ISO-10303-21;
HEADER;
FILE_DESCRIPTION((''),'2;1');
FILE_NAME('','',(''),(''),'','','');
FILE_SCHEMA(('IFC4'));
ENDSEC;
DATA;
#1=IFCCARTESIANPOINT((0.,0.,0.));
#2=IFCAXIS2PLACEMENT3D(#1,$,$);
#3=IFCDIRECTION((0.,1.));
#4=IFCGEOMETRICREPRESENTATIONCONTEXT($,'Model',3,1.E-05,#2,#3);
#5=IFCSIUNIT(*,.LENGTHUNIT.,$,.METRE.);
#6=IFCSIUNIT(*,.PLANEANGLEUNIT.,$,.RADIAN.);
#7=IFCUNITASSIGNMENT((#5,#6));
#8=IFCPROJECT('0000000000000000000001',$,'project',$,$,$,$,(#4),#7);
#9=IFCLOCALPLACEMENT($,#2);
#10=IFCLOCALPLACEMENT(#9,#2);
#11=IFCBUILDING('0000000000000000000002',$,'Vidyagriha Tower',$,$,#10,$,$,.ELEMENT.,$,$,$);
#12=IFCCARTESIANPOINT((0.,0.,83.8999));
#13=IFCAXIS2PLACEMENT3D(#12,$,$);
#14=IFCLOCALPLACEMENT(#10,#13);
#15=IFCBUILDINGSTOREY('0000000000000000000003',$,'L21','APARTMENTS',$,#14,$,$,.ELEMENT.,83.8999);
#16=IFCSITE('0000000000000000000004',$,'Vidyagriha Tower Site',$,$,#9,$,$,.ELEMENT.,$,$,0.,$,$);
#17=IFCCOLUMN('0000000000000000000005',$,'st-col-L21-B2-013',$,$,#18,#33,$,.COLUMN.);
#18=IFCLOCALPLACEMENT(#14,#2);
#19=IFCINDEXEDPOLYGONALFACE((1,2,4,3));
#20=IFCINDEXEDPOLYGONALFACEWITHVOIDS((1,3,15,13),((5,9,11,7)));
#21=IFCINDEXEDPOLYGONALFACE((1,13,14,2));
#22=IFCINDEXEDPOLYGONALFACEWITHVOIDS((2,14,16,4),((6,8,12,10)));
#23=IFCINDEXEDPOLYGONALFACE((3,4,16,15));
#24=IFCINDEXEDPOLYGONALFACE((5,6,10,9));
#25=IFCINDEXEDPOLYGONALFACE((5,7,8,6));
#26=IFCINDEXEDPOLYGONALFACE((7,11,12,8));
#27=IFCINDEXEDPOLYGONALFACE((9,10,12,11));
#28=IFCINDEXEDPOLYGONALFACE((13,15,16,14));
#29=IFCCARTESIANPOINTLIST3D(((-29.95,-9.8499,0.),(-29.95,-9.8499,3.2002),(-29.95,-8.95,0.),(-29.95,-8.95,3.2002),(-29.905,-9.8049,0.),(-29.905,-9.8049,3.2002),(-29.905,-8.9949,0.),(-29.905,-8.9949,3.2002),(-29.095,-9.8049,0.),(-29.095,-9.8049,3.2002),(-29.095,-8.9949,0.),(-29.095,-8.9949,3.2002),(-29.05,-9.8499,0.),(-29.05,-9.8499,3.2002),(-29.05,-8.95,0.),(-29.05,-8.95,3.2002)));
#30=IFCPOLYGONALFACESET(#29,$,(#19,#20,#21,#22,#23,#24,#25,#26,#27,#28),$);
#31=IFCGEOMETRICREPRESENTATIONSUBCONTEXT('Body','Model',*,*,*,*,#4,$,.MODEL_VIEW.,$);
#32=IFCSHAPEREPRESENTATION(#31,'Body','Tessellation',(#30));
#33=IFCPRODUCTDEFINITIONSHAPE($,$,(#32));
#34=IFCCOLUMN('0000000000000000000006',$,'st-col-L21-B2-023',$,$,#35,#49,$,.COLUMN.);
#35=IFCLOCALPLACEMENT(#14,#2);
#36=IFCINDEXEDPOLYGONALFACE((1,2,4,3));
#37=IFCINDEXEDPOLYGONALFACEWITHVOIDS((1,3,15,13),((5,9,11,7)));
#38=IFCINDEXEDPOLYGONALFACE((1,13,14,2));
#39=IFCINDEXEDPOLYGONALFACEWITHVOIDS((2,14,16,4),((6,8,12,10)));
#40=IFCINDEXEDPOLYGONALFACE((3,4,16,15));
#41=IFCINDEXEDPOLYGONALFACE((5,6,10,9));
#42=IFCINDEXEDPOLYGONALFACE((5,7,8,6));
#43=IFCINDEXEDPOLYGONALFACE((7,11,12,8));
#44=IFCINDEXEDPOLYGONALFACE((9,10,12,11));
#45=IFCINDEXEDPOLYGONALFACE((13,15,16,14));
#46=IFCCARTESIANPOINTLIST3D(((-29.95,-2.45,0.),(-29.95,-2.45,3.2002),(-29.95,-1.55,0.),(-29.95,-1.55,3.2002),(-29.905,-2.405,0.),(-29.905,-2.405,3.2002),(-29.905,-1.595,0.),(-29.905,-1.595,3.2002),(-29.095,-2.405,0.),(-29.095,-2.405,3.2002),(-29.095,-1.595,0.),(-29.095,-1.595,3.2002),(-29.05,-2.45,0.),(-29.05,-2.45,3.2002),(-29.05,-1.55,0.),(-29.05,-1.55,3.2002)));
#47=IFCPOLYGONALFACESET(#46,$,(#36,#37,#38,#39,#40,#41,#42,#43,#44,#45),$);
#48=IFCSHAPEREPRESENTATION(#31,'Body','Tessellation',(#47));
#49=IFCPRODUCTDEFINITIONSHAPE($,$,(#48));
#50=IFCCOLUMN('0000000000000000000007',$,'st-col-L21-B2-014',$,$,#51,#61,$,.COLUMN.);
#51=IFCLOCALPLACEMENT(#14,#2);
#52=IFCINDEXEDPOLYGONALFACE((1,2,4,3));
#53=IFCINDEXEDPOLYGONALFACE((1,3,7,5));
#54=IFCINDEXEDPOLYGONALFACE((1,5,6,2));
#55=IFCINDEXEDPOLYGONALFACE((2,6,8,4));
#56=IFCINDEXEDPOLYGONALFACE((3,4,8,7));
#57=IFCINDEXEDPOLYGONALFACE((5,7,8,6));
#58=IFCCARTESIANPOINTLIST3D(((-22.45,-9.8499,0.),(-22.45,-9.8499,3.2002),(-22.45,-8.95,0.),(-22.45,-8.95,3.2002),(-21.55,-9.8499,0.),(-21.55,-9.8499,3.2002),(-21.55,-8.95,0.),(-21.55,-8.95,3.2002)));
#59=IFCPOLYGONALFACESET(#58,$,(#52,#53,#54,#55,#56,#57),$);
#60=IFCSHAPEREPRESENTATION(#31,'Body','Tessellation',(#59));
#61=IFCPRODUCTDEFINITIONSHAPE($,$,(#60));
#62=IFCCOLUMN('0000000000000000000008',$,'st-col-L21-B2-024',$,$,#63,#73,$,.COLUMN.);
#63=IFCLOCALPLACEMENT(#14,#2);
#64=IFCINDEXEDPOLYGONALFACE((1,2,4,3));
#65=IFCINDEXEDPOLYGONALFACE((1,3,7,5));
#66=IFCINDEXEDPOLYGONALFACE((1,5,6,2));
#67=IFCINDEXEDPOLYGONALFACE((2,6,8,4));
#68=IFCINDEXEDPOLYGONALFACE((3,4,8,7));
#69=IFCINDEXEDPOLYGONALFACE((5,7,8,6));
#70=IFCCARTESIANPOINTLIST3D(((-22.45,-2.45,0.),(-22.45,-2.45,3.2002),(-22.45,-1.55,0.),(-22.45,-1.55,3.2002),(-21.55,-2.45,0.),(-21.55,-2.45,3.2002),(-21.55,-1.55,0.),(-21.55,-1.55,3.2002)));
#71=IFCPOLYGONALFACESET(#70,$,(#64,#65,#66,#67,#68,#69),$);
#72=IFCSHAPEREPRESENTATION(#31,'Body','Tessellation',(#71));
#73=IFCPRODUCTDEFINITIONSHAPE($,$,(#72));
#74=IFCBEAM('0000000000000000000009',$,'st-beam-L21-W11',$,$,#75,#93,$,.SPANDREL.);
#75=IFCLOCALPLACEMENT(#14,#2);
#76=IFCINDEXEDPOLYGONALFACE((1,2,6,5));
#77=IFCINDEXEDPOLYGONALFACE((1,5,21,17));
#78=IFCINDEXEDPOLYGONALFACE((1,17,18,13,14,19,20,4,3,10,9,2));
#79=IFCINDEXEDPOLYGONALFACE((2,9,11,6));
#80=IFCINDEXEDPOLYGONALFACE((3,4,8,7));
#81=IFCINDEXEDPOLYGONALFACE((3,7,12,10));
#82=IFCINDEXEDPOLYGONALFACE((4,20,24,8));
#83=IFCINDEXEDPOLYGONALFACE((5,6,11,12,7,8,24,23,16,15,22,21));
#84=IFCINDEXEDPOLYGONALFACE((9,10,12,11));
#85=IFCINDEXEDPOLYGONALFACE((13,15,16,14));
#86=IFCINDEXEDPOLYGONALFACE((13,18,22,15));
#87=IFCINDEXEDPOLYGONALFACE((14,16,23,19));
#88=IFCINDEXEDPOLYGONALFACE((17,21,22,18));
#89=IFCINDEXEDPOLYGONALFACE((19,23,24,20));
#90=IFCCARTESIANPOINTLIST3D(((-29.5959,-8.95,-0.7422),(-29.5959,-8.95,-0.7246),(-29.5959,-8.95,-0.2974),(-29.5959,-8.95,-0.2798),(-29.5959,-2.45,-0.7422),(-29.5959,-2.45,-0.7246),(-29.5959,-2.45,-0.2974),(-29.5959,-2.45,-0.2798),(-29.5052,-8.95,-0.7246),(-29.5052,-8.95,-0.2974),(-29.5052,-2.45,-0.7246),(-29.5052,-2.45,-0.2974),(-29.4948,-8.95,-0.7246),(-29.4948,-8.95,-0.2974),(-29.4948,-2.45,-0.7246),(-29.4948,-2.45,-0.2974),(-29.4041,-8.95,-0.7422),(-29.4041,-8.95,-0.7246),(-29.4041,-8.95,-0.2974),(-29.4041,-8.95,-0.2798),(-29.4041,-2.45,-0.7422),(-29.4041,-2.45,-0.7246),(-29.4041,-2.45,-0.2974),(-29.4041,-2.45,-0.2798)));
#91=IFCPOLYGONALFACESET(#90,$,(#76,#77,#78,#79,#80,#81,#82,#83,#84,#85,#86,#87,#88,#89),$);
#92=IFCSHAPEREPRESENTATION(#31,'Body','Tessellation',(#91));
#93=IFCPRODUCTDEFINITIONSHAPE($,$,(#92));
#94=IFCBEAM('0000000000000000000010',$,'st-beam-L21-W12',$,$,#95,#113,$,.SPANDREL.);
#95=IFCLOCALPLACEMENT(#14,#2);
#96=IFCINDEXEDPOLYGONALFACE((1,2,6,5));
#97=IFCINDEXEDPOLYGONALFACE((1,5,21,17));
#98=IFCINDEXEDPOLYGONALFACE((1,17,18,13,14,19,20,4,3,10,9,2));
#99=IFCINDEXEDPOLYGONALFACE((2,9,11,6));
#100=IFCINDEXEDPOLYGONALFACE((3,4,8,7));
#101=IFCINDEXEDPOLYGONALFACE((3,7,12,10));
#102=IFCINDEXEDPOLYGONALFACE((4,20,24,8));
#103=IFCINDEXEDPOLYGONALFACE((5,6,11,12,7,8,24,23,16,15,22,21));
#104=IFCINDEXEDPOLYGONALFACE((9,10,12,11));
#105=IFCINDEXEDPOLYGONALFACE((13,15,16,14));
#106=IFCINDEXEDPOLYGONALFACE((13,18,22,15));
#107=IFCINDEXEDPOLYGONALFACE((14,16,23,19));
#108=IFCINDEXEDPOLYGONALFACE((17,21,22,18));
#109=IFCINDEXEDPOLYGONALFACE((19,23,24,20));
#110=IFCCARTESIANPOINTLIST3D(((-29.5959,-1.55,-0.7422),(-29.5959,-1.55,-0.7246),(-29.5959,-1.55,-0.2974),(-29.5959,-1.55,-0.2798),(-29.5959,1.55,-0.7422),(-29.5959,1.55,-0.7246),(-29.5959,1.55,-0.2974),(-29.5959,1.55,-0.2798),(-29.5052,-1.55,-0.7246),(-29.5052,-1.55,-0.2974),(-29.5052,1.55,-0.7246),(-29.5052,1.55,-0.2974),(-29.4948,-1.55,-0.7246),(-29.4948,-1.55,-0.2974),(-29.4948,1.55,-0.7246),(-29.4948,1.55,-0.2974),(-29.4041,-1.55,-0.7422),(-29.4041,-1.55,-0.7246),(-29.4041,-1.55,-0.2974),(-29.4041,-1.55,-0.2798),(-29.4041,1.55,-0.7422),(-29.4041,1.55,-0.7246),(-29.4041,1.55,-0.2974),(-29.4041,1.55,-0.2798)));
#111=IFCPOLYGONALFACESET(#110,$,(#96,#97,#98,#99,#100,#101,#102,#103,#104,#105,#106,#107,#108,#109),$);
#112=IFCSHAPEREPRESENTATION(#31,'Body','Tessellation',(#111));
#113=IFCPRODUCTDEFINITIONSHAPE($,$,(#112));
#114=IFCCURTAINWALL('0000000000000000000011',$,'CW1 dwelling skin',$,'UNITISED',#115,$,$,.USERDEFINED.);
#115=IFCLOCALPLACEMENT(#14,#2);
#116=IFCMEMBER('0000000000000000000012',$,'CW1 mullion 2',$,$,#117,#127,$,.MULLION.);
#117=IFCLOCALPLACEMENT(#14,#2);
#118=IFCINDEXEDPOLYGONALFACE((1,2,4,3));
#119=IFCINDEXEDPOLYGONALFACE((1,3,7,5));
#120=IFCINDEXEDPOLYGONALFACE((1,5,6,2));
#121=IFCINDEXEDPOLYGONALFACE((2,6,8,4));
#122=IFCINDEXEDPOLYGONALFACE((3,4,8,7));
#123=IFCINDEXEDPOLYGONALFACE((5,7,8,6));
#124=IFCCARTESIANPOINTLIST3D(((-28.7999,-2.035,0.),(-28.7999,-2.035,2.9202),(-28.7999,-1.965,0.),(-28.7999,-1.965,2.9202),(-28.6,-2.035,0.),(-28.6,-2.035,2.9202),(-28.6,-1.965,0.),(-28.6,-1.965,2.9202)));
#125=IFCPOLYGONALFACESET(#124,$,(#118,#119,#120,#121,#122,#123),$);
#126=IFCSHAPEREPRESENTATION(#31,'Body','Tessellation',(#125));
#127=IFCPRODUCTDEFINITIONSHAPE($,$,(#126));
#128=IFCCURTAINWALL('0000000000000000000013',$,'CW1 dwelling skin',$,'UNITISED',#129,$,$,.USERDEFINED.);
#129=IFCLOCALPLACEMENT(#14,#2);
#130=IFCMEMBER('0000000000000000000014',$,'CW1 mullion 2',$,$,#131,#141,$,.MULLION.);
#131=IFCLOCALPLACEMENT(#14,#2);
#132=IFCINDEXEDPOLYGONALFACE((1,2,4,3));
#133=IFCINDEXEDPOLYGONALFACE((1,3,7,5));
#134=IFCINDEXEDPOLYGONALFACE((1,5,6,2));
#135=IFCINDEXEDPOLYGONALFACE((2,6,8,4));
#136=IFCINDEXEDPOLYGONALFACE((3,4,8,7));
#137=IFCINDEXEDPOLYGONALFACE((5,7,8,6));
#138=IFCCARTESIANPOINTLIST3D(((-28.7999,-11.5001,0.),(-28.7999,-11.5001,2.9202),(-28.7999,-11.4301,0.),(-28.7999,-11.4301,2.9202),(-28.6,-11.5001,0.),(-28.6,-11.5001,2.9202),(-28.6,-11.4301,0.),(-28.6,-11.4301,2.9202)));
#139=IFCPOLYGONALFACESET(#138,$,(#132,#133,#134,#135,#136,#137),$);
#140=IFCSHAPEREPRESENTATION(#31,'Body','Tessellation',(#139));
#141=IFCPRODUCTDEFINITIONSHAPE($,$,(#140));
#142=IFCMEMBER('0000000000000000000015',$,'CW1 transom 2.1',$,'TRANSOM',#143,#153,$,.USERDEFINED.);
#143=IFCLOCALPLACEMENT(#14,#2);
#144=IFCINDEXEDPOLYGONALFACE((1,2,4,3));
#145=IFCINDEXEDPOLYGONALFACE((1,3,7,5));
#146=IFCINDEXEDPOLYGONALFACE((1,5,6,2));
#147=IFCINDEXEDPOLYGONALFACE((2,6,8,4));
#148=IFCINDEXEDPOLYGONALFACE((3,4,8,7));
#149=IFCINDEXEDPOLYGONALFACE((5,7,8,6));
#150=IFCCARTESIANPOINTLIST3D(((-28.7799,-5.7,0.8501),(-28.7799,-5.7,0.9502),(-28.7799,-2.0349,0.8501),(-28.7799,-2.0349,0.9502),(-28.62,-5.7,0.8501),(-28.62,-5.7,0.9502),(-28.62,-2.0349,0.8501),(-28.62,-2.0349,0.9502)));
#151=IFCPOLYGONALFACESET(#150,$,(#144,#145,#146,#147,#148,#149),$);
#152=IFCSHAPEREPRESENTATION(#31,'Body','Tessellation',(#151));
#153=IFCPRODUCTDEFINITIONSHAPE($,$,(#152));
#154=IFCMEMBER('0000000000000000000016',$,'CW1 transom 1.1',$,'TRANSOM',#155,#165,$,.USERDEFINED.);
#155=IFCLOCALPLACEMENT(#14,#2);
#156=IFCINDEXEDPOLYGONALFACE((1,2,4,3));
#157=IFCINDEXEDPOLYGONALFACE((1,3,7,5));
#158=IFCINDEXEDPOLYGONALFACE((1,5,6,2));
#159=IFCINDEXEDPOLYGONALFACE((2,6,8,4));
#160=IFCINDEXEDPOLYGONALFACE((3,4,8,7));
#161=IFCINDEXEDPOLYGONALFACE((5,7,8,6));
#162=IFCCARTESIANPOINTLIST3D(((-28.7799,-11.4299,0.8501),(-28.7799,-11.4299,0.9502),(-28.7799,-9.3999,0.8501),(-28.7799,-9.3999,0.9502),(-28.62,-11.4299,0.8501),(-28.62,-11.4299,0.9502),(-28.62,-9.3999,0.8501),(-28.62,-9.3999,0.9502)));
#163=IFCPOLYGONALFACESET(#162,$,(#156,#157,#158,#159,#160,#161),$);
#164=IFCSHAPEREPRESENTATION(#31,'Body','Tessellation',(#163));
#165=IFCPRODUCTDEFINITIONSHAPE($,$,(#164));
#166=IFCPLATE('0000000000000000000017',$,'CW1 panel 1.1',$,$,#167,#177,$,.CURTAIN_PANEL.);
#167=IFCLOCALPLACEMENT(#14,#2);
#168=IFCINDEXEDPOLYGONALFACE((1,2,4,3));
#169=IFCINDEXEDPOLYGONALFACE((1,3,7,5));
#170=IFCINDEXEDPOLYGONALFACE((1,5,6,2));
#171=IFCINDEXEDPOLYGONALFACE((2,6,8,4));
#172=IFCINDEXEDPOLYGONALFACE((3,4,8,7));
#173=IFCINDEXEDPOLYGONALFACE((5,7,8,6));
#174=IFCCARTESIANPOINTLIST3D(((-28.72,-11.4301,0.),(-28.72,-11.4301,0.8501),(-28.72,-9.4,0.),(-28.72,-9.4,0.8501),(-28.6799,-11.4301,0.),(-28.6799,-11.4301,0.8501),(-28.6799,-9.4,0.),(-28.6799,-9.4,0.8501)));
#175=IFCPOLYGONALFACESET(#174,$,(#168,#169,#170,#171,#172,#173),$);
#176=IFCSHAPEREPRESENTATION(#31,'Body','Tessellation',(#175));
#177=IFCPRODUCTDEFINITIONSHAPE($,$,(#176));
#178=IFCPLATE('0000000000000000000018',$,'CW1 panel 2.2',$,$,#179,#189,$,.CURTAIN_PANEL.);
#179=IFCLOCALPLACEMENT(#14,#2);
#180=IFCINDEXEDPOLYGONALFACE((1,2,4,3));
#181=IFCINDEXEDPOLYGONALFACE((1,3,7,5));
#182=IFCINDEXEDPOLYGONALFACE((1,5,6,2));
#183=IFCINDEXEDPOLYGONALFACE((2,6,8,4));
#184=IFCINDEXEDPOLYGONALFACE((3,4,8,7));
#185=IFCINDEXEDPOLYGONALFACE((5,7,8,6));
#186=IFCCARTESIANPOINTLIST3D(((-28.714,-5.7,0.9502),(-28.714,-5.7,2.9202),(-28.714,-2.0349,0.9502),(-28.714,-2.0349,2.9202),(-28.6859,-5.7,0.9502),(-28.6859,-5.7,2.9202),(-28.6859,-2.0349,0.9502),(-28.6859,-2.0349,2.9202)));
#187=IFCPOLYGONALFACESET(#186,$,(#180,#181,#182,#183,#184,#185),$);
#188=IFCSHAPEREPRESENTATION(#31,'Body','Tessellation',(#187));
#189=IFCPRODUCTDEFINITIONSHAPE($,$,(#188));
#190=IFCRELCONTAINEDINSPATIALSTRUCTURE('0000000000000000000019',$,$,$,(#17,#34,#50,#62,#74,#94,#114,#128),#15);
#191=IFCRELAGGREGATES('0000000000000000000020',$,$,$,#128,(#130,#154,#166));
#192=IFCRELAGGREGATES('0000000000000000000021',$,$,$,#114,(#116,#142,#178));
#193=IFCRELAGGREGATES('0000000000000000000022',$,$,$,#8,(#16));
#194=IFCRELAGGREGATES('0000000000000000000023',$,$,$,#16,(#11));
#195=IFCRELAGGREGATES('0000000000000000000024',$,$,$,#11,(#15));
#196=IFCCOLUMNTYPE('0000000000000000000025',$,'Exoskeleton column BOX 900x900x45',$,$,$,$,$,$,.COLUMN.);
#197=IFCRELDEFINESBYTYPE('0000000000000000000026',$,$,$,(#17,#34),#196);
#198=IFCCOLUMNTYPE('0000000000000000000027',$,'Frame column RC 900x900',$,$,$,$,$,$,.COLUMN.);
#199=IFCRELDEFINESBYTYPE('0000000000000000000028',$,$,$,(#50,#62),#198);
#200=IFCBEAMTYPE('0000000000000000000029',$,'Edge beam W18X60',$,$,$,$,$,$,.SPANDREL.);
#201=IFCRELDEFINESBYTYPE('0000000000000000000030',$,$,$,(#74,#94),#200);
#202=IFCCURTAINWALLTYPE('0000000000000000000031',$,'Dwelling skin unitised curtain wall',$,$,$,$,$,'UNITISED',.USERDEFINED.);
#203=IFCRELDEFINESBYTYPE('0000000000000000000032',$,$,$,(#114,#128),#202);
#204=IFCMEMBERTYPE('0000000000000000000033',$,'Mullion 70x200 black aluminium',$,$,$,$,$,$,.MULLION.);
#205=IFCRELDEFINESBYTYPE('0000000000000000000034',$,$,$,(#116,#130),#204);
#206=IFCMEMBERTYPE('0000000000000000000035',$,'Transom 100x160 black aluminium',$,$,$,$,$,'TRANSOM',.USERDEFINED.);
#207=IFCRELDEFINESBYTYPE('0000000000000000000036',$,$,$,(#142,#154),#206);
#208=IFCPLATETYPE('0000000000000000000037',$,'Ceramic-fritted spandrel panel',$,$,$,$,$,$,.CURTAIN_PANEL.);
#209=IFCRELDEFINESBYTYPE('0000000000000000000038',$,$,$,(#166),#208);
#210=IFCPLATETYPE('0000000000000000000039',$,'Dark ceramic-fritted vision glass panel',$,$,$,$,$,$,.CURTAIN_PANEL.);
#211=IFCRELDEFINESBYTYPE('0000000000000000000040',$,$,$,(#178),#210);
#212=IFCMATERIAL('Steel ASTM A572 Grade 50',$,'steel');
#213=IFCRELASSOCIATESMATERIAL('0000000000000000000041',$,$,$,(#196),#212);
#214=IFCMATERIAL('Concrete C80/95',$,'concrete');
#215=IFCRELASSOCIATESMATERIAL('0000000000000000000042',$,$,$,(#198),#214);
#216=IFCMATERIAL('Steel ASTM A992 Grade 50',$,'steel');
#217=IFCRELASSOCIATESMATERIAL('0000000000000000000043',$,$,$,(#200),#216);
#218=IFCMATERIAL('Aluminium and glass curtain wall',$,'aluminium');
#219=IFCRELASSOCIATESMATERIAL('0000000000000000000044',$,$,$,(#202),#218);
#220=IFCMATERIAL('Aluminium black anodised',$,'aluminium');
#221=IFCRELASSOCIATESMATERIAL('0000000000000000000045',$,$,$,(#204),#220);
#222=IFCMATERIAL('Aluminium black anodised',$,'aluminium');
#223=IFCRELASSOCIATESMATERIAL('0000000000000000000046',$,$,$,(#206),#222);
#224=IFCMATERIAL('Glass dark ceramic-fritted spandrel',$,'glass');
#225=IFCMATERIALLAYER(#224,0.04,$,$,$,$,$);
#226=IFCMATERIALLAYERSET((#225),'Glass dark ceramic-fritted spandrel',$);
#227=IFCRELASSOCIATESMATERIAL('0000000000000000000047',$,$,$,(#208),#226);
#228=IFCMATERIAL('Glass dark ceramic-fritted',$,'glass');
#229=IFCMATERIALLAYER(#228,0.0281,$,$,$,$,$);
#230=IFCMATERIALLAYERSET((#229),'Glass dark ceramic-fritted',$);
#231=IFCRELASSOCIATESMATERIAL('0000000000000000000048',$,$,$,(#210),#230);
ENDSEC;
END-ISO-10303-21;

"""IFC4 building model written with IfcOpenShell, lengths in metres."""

from ifc_helpers import new_model, si_unit, direction, frame, origin, origin_2d, place, context, subcontext, project, spatial, rectangle, hollow_rectangle, i_section, extrude, material, layer, layer_set, material_profile, profile_set, type_object, element, aggregate, save


model = new_model("IFC4")

# Units and contexts
model_context = context("Model", 3, precision=1e-05, world=origin(), true_north=direction((0.0, 1.0)))
body_context = subcontext(model_context, "Body", "Model", "MODEL_VIEW")
ifc_project = project(units=[si_unit("LENGTHUNIT", "METRE"), si_unit("PLANEANGLEUNIT", "RADIAN")], contexts=[model_context])

# Site, building, storey
site_placement = place(None, origin())
site = spatial("IfcSite", under=ifc_project, at=site_placement, Name="Vidyagriha Tower Site", CompositionType="ELEMENT", RefElevation=0.0)
building_placement = place(site_placement, origin())
building = spatial("IfcBuilding", under=site, at=building_placement, Name="Vidyagriha Tower", CompositionType="ELEMENT")
storey_placement = place(building_placement, frame((0.0, 0.0, 83.8999)))
storey = spatial("IfcBuildingStorey", under=building, at=storey_placement, Name="L21", Description="APARTMENTS", CompositionType="ELEMENT", Elevation=83.8999)

# Columns
ifc_material_1 = material(Name="Steel ASTM A572 Grade 50", Category="steel")
ifc_material_profile_1 = material_profile(ifc_material_1, hollow_rectangle(XDim=0.8999, YDim=0.8999, WallThickness=0.0449, at=origin_2d()), Name="BOX 900x900x45")
ifc_profile_set_1 = profile_set([ifc_material_profile_1], Name="Steel ASTM A572 Grade 50")
column_type_1 = type_object("IfcColumnType", Name="Exoskeleton column BOX 900x900x45", PredefinedType="COLUMN", material=ifc_profile_set_1)
for number, where, name in (
    (1, (-29.5, -9.3999, 0.0), "st-col-L21-B2-013"),
    (2, (-29.5, -2.0, 0.0), "st-col-L21-B2-023"),
):
    element("IfcColumn", number, at=place(storey_placement, frame(where)), inside=storey, type_object=column_type_1, Name=name, PredefinedType="COLUMN", context=body_context, shape_type="SweptSolid", body=[
        extrude(hollow_rectangle(XDim=0.8999, YDim=0.8999, WallThickness=0.0449, at=origin_2d()), origin(), (0.0, 0.0, 1.0), 3.2002),
    ])
ifc_material_2 = material(Name="Concrete C80/95", Category="concrete")
ifc_material_profile_2 = material_profile(ifc_material_2, rectangle(XDim=0.8999, YDim=0.8999, at=origin_2d()), Name="RC 900x900")
ifc_profile_set_2 = profile_set([ifc_material_profile_2], Name="Concrete C80/95")
column_type_2 = type_object("IfcColumnType", Name="Frame column RC 900x900", PredefinedType="COLUMN", material=ifc_profile_set_2)
for number, where, name in (
    (3, (-22.0, -9.3999, 0.0), "st-col-L21-B2-014"),
    (4, (-22.0, -2.0, 0.0), "st-col-L21-B2-024"),
):
    element("IfcColumn", number, at=place(storey_placement, frame(where)), inside=storey, type_object=column_type_2, Name=name, PredefinedType="COLUMN", context=body_context, shape_type="SweptSolid", body=[
        extrude(rectangle(XDim=0.8999, YDim=0.8999, at=origin_2d()), origin(), (0.0, 0.0, 1.0), 3.2002),
    ])

# Beams
ifc_material_3 = material(Name="Steel ASTM A992 Grade 50", Category="steel")
ifc_material_profile_3 = material_profile(ifc_material_3, i_section(OverallWidth=0.1919, OverallDepth=0.4624, WebThickness=0.0105, FlangeThickness=0.0176, at=origin_2d()), Name="W18X60")
ifc_profile_set_3 = profile_set([ifc_material_profile_3], Name="Steel ASTM A992 Grade 50")
beam_type = type_object("IfcBeamType", Name="Edge beam W18X60", PredefinedType="SPANDREL", material=ifc_profile_set_3)
beam_1_placement = place(storey_placement, frame((-29.5, -8.95, -0.511), z_axis=(0.0, 1.0, 0.0), x_axis=(-1.0, 0.0, 0.0)))
element("IfcBeam", 5, at=beam_1_placement, inside=storey, type_object=beam_type, Name="st-beam-L21-W11", PredefinedType="SPANDREL", context=body_context, shape_type="SweptSolid", body=[
    extrude(i_section(OverallWidth=0.1919, OverallDepth=0.4624, WebThickness=0.0105, FlangeThickness=0.0176, at=origin_2d()), origin(), (0.0, 0.0, 1.0), 6.5),
])
beam_2_placement = place(storey_placement, frame((-29.5, -1.55, -0.511), z_axis=(0.0, 1.0, 0.0), x_axis=(-1.0, 0.0, 0.0)))
element("IfcBeam", 6, at=beam_2_placement, inside=storey, type_object=beam_type, Name="st-beam-L21-W12", PredefinedType="SPANDREL", context=body_context, shape_type="SweptSolid", body=[
    extrude(i_section(OverallWidth=0.1919, OverallDepth=0.4624, WebThickness=0.0105, FlangeThickness=0.0176, at=origin_2d()), origin(), (0.0, 0.0, 1.0), 3.1001),
])

# Curtain walls, members
ifc_material_4 = material(Name="Aluminium and glass curtain wall", Category="aluminium")
curtain_wall_type = type_object("IfcCurtainWallType", Name="Dwelling skin unitised curtain wall", ElementType="UNITISED", PredefinedType="USERDEFINED", material=ifc_material_4)
curtain_wall_1_placement = place(storey_placement, origin())
curtain_wall_1 = element("IfcCurtainWall", 7, at=curtain_wall_1_placement, inside=storey, type_object=curtain_wall_type, Name="CW1 dwelling skin", ObjectType="UNITISED", PredefinedType="USERDEFINED")
ifc_material_5 = material(Name="Aluminium black anodised", Category="aluminium")
ifc_material_profile_4 = material_profile(ifc_material_5, rectangle(XDim=0.2, YDim=0.0701, at=origin_2d()), Name="Mullion 70x200 black aluminium")
ifc_profile_set_4 = profile_set([ifc_material_profile_4], Name="Aluminium black anodised")
member_type_1 = type_object("IfcMemberType", Name="Mullion 70x200 black aluminium", PredefinedType="MULLION", material=ifc_profile_set_4)
member_1_placement = place(storey_placement, frame((-28.7, -2.0, 0.0)))
member_1 = element("IfcMember", 8, at=member_1_placement, type_object=member_type_1, Name="CW1 mullion 2", PredefinedType="MULLION", context=body_context, shape_type="SweptSolid", body=[
    extrude(rectangle(XDim=0.2, YDim=0.0701, at=origin_2d()), origin(), (0.0, 0.0, 1.0), 2.9202),
])
curtain_wall_2_placement = place(storey_placement, origin())
curtain_wall_2 = element("IfcCurtainWall", 9, at=curtain_wall_2_placement, inside=storey, type_object=curtain_wall_type, Name="CW1 dwelling skin", ObjectType="UNITISED", PredefinedType="USERDEFINED")
member_2_placement = place(storey_placement, frame((-28.7, -11.4651, 0.0)))
member_2 = element("IfcMember", 10, at=member_2_placement, type_object=member_type_1, Name="CW1 mullion 2", PredefinedType="MULLION", context=body_context, shape_type="SweptSolid", body=[
    extrude(rectangle(XDim=0.2, YDim=0.0701, at=origin_2d()), origin(), (0.0, 0.0, 1.0), 2.9202),
])

# Members
ifc_material_6 = material(Name="Aluminium black anodised", Category="aluminium")
ifc_material_profile_5 = material_profile(ifc_material_6, rectangle(XDim=0.1599, YDim=0.1001, at=origin_2d()), Name="Transom 100x160 black aluminium")
ifc_profile_set_5 = profile_set([ifc_material_profile_5], Name="Aluminium black anodised")
member_type_2 = type_object("IfcMemberType", Name="Transom 100x160 black aluminium", ElementType="TRANSOM", PredefinedType="USERDEFINED", material=ifc_profile_set_5)
member_3_placement = place(storey_placement, frame((-28.7, -2.0349, 0.9001), z_axis=(0.0, -1.0, 0.0), x_axis=(1.0, 0.0, 0.0)))
member_3 = element("IfcMember", 11, at=member_3_placement, type_object=member_type_2, Name="CW1 transom 2.1", ObjectType="TRANSOM", PredefinedType="USERDEFINED", context=body_context, shape_type="SweptSolid", body=[
    extrude(rectangle(XDim=0.1599, YDim=0.1001, at=origin_2d()), origin(), (0.0, 0.0, 1.0), 3.665),
])
member_4_placement = place(storey_placement, frame((-28.7, -9.3999, 0.9001), z_axis=(0.0, -1.0, 0.0), x_axis=(1.0, 0.0, 0.0)))
member_4 = element("IfcMember", 12, at=member_4_placement, type_object=member_type_2, Name="CW1 transom 1.1", ObjectType="TRANSOM", PredefinedType="USERDEFINED", context=body_context, shape_type="SweptSolid", body=[
    extrude(rectangle(XDim=0.1599, YDim=0.1001, at=origin_2d()), origin(), (0.0, 0.0, 1.0), 2.03),
])

# Plates
ifc_material_7 = material(Name="Glass dark ceramic-fritted spandrel", Category="glass")
ifc_layer_1 = layer(ifc_material_7, 0.04)
ifc_layer_set_1 = layer_set([ifc_layer_1], Name="Glass dark ceramic-fritted spandrel")
plate_type_1 = type_object("IfcPlateType", Name="Ceramic-fritted spandrel panel", PredefinedType="CURTAIN_PANEL", material=ifc_layer_set_1)
plate_1_placement = place(storey_placement, frame((-28.7, -10.415, 0.0), z_axis=(0.0, 0.0, 1.0), x_axis=(0.0, -1.0, 0.0)))
plate_1 = element("IfcPlate", 13, at=plate_1_placement, type_object=plate_type_1, Name="CW1 panel 1.1", PredefinedType="CURTAIN_PANEL", context=body_context, shape_type="SweptSolid", body=[
    extrude(rectangle(XDim=2.03, YDim=0.04, at=origin_2d()), origin(), (0.0, 0.0, 1.0), 0.8501),
])
ifc_material_8 = material(Name="Glass dark ceramic-fritted", Category="glass")
ifc_layer_2 = layer(ifc_material_8, 0.0281)
ifc_layer_set_2 = layer_set([ifc_layer_2], Name="Glass dark ceramic-fritted")
plate_type_2 = type_object("IfcPlateType", Name="Dark ceramic-fritted vision glass panel", PredefinedType="CURTAIN_PANEL", material=ifc_layer_set_2)
plate_2_placement = place(storey_placement, frame((-28.7, -3.8674, 0.9502), z_axis=(0.0, 0.0, 1.0), x_axis=(0.0, -1.0, 0.0)))
plate_2 = element("IfcPlate", 14, at=plate_2_placement, type_object=plate_type_2, Name="CW1 panel 2.2", PredefinedType="CURTAIN_PANEL", context=body_context, shape_type="SweptSolid", body=[
    extrude(rectangle(XDim=3.665, YDim=0.0281, at=origin_2d()), origin(), (0.0, 0.0, 1.0), 1.97),
])
aggregate(curtain_wall_2, [member_2, member_4, plate_1])
aggregate(curtain_wall_1, [member_1, member_3, plate_2])

save(model, "model.ifc")
